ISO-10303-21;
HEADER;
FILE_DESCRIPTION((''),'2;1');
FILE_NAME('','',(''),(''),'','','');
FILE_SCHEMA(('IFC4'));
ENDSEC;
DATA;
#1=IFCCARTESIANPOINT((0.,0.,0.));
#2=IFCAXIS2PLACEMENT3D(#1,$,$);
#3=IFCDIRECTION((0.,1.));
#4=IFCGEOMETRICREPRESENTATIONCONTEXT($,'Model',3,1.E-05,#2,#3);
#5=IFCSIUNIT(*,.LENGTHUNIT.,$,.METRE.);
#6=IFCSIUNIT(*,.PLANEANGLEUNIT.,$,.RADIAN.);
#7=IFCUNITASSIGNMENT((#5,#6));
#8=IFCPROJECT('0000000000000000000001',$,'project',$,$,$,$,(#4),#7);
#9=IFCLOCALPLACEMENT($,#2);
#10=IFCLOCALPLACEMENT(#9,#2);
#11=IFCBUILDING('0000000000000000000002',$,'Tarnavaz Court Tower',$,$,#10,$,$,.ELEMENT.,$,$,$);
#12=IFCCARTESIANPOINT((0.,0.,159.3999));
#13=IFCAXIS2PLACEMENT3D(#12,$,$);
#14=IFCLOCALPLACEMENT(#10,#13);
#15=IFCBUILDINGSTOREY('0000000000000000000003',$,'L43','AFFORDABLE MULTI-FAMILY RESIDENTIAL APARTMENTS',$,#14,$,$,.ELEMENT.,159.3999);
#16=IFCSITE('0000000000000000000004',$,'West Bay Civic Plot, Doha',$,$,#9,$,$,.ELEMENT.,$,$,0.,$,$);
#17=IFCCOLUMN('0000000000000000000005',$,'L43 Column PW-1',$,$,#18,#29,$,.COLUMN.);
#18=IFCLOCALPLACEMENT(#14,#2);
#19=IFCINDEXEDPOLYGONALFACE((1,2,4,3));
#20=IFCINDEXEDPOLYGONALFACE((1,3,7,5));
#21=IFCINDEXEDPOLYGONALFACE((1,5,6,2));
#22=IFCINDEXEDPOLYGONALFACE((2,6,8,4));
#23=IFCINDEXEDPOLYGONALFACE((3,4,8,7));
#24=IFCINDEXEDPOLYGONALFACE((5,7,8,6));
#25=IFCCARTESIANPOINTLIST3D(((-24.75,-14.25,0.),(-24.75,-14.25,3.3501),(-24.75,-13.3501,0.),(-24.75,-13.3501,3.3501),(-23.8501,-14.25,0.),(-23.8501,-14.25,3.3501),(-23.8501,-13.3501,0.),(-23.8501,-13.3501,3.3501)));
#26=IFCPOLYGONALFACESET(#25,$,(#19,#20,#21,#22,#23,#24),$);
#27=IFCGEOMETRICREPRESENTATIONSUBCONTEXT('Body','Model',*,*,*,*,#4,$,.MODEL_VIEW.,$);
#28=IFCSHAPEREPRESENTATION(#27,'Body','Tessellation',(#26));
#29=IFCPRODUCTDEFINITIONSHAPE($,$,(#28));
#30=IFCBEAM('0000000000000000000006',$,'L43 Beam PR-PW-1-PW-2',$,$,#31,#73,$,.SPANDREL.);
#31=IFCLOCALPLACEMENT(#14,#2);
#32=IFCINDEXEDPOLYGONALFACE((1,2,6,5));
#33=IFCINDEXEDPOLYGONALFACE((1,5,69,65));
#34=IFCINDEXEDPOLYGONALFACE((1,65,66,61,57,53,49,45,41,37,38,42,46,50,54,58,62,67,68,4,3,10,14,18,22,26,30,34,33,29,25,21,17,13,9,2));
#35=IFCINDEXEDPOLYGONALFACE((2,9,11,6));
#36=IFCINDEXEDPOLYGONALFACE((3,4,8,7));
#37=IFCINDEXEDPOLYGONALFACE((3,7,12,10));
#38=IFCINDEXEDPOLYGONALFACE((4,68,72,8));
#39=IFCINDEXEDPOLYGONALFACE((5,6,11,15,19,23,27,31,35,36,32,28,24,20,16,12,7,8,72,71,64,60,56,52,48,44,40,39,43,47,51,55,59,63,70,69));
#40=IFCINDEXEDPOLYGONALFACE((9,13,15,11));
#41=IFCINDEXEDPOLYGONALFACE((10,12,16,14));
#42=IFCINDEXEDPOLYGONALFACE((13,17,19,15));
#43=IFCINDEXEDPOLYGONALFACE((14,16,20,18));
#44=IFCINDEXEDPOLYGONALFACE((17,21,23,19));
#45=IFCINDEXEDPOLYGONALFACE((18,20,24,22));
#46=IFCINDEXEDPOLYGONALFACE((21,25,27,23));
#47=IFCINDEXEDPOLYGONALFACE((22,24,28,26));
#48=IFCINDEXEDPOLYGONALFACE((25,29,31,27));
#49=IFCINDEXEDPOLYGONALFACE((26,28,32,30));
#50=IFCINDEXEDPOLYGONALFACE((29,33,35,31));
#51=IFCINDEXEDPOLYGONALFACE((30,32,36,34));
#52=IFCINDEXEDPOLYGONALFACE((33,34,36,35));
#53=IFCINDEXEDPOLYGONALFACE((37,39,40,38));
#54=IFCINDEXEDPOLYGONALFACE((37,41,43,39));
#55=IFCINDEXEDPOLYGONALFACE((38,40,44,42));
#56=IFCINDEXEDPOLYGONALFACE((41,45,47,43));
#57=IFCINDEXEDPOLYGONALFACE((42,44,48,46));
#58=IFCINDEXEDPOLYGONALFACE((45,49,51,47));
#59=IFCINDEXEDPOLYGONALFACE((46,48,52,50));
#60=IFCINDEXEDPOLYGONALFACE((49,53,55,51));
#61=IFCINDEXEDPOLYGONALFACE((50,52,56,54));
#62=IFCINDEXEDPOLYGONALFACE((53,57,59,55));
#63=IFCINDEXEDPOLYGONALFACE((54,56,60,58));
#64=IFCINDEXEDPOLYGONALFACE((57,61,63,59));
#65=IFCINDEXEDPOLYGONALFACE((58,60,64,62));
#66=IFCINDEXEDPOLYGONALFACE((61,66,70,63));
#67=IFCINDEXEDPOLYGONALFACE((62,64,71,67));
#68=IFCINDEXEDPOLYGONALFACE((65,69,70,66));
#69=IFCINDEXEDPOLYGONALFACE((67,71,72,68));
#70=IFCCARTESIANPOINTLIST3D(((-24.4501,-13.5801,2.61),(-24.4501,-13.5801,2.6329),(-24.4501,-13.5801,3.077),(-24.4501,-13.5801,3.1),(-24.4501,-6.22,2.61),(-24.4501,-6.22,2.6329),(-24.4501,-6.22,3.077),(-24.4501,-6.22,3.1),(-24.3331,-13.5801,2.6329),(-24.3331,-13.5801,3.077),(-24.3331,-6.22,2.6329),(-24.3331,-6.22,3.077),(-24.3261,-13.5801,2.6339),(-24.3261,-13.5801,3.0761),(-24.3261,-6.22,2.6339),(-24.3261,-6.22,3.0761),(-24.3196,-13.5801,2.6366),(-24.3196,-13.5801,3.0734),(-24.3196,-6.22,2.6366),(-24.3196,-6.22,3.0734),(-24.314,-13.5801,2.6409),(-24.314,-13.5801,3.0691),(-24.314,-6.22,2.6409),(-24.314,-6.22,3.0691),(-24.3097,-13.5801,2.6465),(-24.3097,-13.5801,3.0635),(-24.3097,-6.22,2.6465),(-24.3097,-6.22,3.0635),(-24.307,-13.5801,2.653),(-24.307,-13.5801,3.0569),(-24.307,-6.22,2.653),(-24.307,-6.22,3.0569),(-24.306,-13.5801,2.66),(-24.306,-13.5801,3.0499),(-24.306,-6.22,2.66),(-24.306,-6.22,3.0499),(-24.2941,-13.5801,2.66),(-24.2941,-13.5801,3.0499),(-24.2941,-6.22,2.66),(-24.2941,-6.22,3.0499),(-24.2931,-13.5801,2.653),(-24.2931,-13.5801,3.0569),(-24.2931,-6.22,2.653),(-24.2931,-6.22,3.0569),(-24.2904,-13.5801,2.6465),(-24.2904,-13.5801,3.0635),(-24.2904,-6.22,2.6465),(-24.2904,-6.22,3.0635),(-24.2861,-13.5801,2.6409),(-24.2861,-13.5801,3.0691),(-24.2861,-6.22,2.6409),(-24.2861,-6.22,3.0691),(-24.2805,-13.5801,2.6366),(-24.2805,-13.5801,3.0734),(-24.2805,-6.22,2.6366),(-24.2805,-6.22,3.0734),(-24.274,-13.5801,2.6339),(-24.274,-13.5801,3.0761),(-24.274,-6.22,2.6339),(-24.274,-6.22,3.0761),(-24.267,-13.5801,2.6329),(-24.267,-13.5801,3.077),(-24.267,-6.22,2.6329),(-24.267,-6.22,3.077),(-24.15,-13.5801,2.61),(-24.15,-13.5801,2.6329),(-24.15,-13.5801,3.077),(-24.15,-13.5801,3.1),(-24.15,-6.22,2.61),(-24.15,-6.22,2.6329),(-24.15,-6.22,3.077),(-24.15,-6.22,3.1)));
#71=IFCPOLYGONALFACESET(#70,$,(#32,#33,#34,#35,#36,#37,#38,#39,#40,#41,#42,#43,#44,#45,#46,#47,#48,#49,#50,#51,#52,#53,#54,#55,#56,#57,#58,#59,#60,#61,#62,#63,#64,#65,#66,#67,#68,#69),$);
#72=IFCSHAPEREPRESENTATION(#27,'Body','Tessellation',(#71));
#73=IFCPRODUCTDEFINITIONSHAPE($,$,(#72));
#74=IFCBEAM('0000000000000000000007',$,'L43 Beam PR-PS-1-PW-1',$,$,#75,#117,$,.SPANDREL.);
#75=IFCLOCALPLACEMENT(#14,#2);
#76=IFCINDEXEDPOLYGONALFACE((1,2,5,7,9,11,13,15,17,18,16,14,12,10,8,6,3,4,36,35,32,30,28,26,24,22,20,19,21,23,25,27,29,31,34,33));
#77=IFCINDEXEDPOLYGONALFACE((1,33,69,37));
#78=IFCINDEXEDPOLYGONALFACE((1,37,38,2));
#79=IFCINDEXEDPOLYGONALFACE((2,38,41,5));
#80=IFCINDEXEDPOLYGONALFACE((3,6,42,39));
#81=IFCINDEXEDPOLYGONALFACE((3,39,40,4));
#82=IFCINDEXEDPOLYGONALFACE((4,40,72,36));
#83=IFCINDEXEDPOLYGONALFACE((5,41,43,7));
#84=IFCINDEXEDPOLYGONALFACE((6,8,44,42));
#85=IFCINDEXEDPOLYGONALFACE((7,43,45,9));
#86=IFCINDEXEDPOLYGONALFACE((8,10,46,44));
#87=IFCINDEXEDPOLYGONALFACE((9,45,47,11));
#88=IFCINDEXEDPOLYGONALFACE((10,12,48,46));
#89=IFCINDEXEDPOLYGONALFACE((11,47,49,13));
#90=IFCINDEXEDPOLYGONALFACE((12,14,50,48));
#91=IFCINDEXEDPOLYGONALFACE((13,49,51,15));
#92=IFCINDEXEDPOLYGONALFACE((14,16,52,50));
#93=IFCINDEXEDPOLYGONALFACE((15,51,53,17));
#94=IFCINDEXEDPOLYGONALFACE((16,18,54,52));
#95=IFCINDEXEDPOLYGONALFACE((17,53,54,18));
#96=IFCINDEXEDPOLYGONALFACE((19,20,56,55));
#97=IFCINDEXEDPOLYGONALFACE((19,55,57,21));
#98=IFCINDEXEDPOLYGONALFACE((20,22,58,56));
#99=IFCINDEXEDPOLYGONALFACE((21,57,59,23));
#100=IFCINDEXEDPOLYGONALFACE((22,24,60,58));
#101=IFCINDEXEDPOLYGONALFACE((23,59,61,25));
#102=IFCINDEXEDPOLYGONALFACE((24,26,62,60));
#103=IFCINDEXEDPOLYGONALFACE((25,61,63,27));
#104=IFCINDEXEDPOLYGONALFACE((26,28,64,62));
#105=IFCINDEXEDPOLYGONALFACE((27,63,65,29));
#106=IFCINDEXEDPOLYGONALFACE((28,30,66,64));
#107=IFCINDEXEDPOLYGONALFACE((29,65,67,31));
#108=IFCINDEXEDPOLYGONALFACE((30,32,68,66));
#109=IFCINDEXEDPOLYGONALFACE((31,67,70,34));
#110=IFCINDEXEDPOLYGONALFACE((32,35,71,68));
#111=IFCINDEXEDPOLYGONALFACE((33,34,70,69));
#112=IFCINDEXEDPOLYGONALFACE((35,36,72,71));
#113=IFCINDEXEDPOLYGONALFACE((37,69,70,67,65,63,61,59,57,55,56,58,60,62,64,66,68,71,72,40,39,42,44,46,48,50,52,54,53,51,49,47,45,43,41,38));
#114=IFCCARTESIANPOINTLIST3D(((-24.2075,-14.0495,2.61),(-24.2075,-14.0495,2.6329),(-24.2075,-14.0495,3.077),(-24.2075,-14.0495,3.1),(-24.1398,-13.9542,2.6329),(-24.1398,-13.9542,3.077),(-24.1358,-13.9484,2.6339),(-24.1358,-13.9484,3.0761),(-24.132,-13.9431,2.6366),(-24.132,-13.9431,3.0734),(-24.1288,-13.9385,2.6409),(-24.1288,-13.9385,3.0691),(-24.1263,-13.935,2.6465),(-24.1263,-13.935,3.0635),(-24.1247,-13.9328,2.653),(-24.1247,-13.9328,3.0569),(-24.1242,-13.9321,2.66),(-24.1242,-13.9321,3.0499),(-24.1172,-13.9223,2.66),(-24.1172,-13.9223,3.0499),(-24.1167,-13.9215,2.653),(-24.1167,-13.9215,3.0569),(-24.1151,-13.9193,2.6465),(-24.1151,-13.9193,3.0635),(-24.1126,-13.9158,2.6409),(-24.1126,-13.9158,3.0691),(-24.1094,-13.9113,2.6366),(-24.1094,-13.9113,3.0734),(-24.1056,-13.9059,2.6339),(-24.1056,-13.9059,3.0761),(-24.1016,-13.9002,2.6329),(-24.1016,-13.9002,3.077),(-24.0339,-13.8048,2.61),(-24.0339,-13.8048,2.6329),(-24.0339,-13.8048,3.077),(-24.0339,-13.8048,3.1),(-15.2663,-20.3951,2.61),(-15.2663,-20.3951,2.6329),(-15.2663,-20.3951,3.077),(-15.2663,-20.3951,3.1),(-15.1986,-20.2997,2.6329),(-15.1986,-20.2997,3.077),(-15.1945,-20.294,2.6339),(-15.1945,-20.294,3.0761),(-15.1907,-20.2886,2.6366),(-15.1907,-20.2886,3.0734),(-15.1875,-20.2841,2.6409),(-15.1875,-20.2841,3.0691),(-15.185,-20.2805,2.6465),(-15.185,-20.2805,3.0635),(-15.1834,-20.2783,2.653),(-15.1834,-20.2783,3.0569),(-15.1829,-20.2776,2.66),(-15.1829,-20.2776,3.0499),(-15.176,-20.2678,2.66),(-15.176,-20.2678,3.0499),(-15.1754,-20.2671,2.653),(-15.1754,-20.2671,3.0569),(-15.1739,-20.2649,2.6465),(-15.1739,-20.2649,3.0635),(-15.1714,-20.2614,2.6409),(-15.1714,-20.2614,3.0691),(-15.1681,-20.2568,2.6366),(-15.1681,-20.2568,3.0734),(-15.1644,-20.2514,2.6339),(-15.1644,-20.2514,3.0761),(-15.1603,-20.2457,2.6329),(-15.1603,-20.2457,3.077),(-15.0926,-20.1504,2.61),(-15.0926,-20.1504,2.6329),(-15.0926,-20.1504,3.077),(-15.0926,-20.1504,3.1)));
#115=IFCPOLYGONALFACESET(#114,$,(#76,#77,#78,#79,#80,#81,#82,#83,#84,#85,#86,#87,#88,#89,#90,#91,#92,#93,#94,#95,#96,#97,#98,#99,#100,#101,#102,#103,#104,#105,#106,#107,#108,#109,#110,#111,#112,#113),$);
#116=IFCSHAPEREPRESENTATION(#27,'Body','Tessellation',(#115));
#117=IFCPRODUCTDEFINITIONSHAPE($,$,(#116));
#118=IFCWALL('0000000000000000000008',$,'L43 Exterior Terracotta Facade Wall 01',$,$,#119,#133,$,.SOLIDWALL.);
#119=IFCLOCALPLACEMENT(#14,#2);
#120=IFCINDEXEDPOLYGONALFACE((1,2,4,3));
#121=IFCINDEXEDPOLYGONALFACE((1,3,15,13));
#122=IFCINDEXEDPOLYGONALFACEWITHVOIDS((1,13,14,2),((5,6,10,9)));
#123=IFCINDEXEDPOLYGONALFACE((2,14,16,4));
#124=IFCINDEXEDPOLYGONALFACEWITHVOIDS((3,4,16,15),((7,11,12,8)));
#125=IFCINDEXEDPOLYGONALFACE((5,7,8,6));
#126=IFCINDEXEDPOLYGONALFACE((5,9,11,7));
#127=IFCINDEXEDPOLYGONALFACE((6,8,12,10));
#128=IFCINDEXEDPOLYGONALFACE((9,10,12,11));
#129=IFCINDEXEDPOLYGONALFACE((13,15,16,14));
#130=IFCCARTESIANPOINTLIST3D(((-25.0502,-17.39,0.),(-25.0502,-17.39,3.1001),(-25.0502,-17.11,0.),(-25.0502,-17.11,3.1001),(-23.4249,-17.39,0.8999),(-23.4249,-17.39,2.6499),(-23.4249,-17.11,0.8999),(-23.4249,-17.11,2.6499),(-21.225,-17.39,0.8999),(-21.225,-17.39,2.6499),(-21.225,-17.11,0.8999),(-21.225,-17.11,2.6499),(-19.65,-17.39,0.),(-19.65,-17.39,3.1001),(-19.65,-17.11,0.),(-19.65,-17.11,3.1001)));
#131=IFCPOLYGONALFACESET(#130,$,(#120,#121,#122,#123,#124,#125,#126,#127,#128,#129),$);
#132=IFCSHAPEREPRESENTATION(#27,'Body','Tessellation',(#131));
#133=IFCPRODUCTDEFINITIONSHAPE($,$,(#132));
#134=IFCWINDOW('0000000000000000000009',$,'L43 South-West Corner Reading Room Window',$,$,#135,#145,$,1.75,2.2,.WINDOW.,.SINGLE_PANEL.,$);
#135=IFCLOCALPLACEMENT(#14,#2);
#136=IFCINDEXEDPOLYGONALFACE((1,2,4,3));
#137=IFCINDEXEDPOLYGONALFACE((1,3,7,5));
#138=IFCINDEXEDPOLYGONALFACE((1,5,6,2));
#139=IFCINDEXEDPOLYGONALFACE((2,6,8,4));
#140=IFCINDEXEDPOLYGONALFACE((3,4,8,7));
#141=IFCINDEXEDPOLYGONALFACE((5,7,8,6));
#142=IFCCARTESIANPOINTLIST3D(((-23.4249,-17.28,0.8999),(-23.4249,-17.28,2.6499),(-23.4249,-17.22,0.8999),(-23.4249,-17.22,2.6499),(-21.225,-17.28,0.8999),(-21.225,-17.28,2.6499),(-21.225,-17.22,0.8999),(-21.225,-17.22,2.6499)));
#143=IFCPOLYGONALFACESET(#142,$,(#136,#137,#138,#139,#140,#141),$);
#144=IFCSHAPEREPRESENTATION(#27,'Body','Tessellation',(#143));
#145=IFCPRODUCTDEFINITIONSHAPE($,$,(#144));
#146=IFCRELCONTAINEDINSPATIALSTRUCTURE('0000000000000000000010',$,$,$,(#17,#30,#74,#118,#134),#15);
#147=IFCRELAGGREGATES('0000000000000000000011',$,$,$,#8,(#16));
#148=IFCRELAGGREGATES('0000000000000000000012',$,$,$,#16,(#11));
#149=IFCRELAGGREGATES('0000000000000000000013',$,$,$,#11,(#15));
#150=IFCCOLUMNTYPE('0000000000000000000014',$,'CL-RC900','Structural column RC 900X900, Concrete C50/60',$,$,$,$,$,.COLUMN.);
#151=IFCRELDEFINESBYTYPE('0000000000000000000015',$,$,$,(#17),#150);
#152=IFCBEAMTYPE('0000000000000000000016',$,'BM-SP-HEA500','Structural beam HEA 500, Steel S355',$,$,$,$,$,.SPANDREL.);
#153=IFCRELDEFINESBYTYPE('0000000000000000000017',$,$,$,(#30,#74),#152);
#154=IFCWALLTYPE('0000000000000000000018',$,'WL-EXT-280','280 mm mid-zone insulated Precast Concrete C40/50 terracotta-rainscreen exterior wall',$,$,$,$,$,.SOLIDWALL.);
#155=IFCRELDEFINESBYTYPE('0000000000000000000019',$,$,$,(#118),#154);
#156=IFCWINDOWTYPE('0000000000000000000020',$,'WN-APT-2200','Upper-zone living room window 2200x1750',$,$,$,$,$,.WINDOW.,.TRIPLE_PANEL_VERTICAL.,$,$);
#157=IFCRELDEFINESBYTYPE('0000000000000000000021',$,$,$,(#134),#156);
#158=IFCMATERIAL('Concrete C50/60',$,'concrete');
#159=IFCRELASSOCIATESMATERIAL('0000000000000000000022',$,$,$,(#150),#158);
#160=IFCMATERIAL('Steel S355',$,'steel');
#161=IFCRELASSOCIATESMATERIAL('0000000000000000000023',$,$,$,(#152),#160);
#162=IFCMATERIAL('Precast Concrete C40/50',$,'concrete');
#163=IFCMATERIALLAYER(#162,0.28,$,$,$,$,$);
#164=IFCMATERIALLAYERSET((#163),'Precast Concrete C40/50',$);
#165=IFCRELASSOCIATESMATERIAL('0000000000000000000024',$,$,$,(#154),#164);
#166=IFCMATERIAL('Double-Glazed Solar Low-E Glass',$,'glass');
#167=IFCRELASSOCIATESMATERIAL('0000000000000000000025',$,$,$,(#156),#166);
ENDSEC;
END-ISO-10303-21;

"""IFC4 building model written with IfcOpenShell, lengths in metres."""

from ifc_helpers import new_model, si_unit, direction, frame, frame_2d, origin, origin_2d, place, context, subcontext, project, spatial, rectangle, i_section, extrude, material, layer, layer_set, material_profile, profile_set, type_object, element, fill, save


model = new_model("IFC4")

# Units and contexts
model_context = context("Model", 3, precision=1e-05, world=origin(), true_north=direction((0.0, 1.0)))
body_context = subcontext(model_context, "Body", "Model", "MODEL_VIEW")
ifc_project = project(units=[si_unit("LENGTHUNIT", "METRE"), si_unit("PLANEANGLEUNIT", "RADIAN")], contexts=[model_context])

# Site, building, storey
site_placement = place(None, origin())
site = spatial("IfcSite", under=ifc_project, at=site_placement, Name="West Bay Civic Plot, Doha", CompositionType="ELEMENT", RefElevation=0.0)
building_placement = place(site_placement, origin())
building = spatial("IfcBuilding", under=site, at=building_placement, Name="Tarnavaz Court Tower", CompositionType="ELEMENT")
storey_placement = place(building_placement, frame((0.0, 0.0, 159.3999)))
storey = spatial("IfcBuildingStorey", under=building, at=storey_placement, Name="L43", Description="AFFORDABLE MULTI-FAMILY RESIDENTIAL APARTMENTS", CompositionType="ELEMENT", Elevation=159.3999)

# Column
ifc_material_1 = material(Name="Concrete C50/60", Category="concrete")
ifc_material_profile_1 = material_profile(ifc_material_1, rectangle(XDim=0.8999, YDim=0.8999, at=origin_2d()), Name="RC 900X900")
ifc_profile_set_1 = profile_set([ifc_material_profile_1], Name="Concrete C50/60")
column_type = type_object("IfcColumnType", Name="CL-RC900", Description="Structural column RC 900X900, Concrete C50/60", PredefinedType="COLUMN", material=ifc_profile_set_1)
column_placement = place(storey_placement, frame((-24.3, -13.8, 0.0), z_axis=(0.0, 0.0, 1.0), x_axis=(1.0, 0.0, 0.0)))
element("IfcColumn", 1, at=column_placement, inside=storey, type_object=column_type, Name="L43 Column PW-1", PredefinedType="COLUMN", context=body_context, shape_type="SweptSolid", body=[
    extrude(rectangle(XDim=0.8999, YDim=0.8999, at=origin_2d()), origin(), (0.0, 0.0, 1.0), 3.3501),
])

# Beams
ifc_material_2 = material(Name="Steel S355", Category="steel")
ifc_material_profile_2 = material_profile(ifc_material_2, i_section(OverallWidth=0.3, OverallDepth=0.49, WebThickness=0.012, FlangeThickness=0.0229, FilletRadius=0.0271, at=origin_2d()), Name="HEA 500")
ifc_profile_set_2 = profile_set([ifc_material_profile_2], Name="Steel S355")
beam_type = type_object("IfcBeamType", Name="BM-SP-HEA500", Description="Structural beam HEA 500, Steel S355", PredefinedType="SPANDREL", material=ifc_profile_set_2)
beam_1_placement = place(storey_placement, frame((-24.3, -13.5801, 2.855), z_axis=(0.0, 1.0, 0.0), x_axis=(-1.0, 0.0, 0.0)))
element("IfcBeam", 2, at=beam_1_placement, inside=storey, type_object=beam_type, Name="L43 Beam PR-PW-1-PW-2", PredefinedType="SPANDREL", context=body_context, shape_type="SweptSolid", body=[
    extrude(i_section(OverallWidth=0.3, OverallDepth=0.49, WebThickness=0.012, FlangeThickness=0.0229, FilletRadius=0.0271, at=origin_2d()), origin(), (0.0, 0.0, 1.0), 7.3601),
])
beam_2_placement = place(storey_placement, frame((-15.1794, -20.2727, 2.855), z_axis=(-0.815502, 0.578754, 0.0), x_axis=(-0.578754, -0.815502, 0.0)))
element("IfcBeam", 3, at=beam_2_placement, inside=storey, type_object=beam_type, Name="L43 Beam PR-PS-1-PW-1", PredefinedType="SPANDREL", context=body_context, shape_type="SweptSolid", body=[
    extrude(i_section(OverallWidth=0.3, OverallDepth=0.49, WebThickness=0.012, FlangeThickness=0.0229, FilletRadius=0.0271, at=origin_2d()), origin(), (0.0, 0.0, 1.0), 10.9641),
])

# Wall, opening, window
ifc_material_3 = material(Name="Precast Concrete C40/50", Category="concrete")
ifc_layer_1 = layer(ifc_material_3, 0.28)
ifc_layer_set_1 = layer_set([ifc_layer_1], Name="Precast Concrete C40/50")
wall_type_1 = type_object("IfcWallType", Name="WL-EXT-280", Description="280 mm mid-zone insulated Precast Concrete C40/50 terracotta-rainscreen exterior wall", PredefinedType="SOLIDWALL", material=ifc_layer_set_1)
wall_1_placement = place(storey_placement, frame((-19.6499, -17.25, 0.0), z_axis=(0.0, 0.0, 1.0), x_axis=(-1.0, 0.0, 0.0)))
wall_1 = element("IfcWall", 4, at=wall_1_placement, inside=storey, type_object=wall_type_1, Name="L43 Exterior Terracotta Facade Wall 01", PredefinedType="SOLIDWALL", context=body_context, shape_type="SweptSolid", body=[
    extrude(rectangle(XDim=5.4001, YDim=0.28, at=frame_2d((2.7002, 0.0))), origin(), (0.0, 0.0, 1.0), 3.1001),
])
opening_1_placement = place(wall_1_placement, frame((1.575, 0.0, 0.8999)))
opening_1 = element("IfcOpeningElement", 5, at=opening_1_placement, cuts=wall_1, PredefinedType="OPENING", context=body_context, shape_type="SweptSolid", body=[
    extrude(rectangle(XDim=2.2, YDim=1.75, at=frame_2d((1.1001, 0.875))), frame((0.0, 0.1499, 0.0), z_axis=(0.0, -1.0, 0.0), x_axis=(1.0, 0.0, 0.0)), (0.0, 0.0, 1.0), 0.3),
])
ifc_material_4 = material(Name="Double-Glazed Solar Low-E Glass", Category="glass")
window_type_1 = type_object("IfcWindowType", Name="WN-APT-2200", Description="Upper-zone living room window 2200x1750", PartitioningType="TRIPLE_PANEL_VERTICAL", PredefinedType="WINDOW", material=ifc_material_4)
window_1_placement = place(opening_1_placement, origin())
window_1 = element("IfcWindow", 6, at=window_1_placement, inside=storey, type_object=window_type_1, Name="L43 South-West Corner Reading Room Window", OverallHeight=1.75, OverallWidth=2.2, PartitioningType="SINGLE_PANEL", PredefinedType="WINDOW", context=body_context, shape_type="SweptSolid", body=[
    extrude(rectangle(XDim=2.2, YDim=1.75, at=frame_2d((1.1001, 0.875))), frame((0.0, 0.03, 0.0), z_axis=(0.0, -1.0, 0.0), x_axis=(1.0, 0.0, 0.0)), (0.0, 0.0, 1.0), 0.0601),
])
fill(opening_1, window_1)

save(model, "model.ifc")
